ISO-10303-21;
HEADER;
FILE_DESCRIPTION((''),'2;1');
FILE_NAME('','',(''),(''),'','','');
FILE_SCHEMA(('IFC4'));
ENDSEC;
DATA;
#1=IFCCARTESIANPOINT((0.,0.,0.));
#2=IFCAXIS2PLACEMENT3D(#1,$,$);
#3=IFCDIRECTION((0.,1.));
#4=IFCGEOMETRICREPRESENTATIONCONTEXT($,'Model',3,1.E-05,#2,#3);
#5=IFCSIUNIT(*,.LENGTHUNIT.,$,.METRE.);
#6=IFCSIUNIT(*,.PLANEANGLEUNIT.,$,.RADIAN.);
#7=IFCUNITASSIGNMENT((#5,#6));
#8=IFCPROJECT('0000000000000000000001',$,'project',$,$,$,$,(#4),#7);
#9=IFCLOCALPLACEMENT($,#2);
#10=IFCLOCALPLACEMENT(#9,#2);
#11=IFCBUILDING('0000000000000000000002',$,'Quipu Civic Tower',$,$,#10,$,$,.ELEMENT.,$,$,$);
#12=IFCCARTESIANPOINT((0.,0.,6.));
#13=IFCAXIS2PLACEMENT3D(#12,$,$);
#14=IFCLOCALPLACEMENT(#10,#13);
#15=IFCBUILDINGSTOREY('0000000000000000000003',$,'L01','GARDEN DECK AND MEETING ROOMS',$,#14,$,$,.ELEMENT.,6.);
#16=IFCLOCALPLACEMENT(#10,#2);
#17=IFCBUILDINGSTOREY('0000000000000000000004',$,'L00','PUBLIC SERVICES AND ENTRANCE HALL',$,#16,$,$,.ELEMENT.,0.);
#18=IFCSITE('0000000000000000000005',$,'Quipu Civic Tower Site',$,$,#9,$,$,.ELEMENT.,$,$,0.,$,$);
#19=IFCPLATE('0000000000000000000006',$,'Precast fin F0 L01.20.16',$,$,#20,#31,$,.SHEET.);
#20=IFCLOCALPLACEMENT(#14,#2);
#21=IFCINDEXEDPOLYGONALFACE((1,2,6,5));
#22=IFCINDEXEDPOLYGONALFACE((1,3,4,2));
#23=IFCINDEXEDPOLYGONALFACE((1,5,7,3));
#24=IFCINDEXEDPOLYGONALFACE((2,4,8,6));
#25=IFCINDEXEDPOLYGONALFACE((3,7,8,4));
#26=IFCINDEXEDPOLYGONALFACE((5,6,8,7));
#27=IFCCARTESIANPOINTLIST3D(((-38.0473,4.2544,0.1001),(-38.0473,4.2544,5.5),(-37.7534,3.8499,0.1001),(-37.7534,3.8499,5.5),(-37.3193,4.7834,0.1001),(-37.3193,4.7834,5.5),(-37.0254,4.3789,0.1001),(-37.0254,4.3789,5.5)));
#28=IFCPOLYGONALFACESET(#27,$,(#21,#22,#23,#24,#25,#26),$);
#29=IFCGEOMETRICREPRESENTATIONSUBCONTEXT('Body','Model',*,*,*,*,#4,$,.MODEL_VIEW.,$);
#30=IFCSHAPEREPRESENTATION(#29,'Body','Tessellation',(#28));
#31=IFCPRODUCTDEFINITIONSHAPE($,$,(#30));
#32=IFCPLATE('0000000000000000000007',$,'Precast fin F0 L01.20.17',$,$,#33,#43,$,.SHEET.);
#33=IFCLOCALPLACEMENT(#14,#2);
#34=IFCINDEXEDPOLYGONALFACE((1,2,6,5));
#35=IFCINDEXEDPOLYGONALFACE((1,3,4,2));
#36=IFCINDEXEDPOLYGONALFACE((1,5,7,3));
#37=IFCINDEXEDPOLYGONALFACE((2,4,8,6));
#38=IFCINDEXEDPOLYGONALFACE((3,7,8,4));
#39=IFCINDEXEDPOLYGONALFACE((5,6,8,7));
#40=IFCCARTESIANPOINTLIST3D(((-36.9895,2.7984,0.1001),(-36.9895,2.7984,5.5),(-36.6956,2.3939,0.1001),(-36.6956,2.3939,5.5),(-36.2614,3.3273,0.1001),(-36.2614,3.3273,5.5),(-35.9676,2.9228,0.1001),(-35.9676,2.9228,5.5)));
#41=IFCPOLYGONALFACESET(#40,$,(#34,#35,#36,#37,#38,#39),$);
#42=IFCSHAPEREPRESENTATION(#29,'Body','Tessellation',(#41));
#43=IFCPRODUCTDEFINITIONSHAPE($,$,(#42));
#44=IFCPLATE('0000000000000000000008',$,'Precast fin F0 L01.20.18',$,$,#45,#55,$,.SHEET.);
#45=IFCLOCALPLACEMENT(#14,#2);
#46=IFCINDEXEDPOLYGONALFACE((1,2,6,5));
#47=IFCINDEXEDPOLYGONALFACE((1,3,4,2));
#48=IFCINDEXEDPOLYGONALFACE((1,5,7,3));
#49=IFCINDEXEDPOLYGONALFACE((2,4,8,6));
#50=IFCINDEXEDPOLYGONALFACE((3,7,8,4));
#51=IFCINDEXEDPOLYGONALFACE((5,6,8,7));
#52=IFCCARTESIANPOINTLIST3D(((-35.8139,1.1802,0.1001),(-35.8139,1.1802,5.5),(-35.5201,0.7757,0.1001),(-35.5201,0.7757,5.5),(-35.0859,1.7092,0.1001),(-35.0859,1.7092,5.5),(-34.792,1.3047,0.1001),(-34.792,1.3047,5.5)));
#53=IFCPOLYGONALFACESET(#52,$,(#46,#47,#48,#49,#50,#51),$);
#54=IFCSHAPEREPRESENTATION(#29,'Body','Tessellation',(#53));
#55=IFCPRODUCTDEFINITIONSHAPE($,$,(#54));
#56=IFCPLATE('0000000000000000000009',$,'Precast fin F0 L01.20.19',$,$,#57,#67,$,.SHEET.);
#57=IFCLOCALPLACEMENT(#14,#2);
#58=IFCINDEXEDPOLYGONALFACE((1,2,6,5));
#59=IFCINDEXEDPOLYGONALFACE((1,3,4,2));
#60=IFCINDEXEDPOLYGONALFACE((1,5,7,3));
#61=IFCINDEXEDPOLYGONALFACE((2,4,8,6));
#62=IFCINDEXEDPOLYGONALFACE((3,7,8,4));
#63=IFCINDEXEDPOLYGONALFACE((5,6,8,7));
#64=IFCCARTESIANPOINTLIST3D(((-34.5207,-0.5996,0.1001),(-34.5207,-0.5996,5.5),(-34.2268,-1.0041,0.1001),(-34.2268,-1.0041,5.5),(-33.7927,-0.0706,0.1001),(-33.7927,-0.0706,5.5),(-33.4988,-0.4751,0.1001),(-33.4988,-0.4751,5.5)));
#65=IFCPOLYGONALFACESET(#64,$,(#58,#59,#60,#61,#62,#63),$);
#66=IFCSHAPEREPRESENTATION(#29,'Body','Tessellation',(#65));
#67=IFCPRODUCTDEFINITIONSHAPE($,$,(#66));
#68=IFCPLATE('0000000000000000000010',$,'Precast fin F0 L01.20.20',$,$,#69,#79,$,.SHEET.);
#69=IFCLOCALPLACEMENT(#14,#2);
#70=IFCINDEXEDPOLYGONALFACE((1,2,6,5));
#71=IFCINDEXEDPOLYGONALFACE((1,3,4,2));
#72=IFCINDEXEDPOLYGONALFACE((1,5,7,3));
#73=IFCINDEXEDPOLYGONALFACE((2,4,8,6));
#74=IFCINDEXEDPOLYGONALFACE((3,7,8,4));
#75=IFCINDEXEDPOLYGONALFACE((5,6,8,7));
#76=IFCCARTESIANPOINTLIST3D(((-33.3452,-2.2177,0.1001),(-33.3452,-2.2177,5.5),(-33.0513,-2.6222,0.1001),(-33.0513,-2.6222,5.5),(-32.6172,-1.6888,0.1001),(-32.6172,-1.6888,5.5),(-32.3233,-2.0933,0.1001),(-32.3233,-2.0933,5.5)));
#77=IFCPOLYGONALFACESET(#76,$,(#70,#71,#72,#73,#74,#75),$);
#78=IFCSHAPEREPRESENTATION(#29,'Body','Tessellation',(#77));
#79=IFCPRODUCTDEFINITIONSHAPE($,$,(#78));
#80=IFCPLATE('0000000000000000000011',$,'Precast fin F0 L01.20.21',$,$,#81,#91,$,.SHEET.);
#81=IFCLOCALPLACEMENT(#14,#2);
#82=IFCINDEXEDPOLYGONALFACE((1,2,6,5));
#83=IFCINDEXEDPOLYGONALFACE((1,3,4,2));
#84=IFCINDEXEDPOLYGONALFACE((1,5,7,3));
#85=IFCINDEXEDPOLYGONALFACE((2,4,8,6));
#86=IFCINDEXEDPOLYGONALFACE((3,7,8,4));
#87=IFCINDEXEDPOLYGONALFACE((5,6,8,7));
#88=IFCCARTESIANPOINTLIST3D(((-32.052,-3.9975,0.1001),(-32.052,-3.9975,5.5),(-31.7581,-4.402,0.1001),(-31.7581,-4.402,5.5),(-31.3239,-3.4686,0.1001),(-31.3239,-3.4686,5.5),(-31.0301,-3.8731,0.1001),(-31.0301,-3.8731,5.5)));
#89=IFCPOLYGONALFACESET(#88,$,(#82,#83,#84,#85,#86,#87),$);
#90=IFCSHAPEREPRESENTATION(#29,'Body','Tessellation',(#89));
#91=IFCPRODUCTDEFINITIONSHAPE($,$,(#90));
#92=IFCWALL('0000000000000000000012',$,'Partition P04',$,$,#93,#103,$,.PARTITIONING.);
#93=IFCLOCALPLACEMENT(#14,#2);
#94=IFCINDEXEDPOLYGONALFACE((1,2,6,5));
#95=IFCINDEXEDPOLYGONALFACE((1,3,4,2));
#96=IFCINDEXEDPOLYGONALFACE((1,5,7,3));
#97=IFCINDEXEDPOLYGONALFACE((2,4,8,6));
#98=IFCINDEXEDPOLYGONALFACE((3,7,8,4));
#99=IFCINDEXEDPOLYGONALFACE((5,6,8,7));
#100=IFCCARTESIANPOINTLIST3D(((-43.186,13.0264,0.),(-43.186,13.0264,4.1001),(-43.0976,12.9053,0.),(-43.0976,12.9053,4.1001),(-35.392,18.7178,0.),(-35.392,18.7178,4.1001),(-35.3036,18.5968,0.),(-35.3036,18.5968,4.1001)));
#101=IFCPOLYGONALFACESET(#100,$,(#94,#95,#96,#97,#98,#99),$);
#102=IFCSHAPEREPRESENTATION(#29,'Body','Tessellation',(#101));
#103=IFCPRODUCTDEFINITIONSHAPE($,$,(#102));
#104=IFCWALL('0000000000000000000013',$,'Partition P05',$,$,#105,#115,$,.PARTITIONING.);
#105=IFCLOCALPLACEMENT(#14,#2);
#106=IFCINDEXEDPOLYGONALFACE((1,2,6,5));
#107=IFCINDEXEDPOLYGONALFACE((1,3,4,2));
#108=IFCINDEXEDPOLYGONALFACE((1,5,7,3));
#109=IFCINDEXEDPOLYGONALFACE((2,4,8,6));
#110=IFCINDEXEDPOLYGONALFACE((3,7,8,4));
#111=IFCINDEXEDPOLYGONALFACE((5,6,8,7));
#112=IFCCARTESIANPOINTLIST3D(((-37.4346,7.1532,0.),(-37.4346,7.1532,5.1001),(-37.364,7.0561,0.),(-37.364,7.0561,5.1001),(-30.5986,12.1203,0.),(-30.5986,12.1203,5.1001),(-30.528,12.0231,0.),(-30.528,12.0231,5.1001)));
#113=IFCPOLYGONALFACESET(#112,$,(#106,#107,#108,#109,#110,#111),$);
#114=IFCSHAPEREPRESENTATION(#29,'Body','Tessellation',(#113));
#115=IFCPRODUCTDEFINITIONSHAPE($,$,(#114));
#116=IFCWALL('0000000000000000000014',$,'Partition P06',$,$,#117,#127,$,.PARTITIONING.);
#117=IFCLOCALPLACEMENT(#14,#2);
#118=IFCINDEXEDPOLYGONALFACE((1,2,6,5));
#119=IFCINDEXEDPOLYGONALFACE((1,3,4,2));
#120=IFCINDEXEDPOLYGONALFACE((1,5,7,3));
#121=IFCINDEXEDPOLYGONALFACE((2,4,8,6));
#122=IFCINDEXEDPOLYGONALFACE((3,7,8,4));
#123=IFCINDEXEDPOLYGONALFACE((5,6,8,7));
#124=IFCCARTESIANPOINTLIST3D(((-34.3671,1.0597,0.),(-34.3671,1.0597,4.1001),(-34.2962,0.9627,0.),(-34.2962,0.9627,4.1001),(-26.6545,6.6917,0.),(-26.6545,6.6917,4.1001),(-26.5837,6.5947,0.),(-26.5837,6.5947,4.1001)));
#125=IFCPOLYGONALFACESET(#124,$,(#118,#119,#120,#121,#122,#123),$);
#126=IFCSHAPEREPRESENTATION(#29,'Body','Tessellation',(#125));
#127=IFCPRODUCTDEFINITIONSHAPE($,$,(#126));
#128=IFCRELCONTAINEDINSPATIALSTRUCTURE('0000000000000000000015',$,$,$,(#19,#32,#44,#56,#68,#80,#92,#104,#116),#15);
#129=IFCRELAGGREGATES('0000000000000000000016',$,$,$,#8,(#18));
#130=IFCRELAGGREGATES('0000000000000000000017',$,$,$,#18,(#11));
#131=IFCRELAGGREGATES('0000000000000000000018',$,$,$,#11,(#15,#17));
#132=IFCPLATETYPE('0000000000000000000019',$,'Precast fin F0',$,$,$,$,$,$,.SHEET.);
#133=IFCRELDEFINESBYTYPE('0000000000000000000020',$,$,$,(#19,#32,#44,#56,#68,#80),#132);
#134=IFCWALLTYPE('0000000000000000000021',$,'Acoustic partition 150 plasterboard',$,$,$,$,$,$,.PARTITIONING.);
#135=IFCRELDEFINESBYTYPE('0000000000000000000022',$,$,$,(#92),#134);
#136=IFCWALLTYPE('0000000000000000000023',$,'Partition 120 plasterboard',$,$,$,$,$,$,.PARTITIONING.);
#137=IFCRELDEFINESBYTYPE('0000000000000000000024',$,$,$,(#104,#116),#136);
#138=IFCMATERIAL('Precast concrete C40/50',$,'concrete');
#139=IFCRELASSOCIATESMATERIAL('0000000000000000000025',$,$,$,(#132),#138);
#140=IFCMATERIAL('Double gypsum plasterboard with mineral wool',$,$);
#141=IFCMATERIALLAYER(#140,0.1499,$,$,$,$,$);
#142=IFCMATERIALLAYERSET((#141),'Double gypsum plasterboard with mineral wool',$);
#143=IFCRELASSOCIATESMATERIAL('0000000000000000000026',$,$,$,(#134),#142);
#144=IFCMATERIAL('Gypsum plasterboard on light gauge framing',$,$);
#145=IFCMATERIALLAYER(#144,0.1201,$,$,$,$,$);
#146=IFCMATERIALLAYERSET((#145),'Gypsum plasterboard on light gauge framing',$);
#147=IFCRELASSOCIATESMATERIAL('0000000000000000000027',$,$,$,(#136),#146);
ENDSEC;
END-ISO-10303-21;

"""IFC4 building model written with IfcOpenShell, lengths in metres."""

from ifc_helpers import new_model, si_unit, direction, frame, frame_2d, origin, origin_2d, place, context, subcontext, project, spatial, rectangle, extrude, material, layer, layer_set, type_object, element, save


model = new_model("IFC4")

# Units and contexts
model_context = context("Model", 3, precision=1e-05, world=origin(), true_north=direction((0.0, 1.0)))
body_context = subcontext(model_context, "Body", "Model", "MODEL_VIEW")
ifc_project = project(units=[si_unit("LENGTHUNIT", "METRE"), si_unit("PLANEANGLEUNIT", "RADIAN")], contexts=[model_context])

# Site, building, storey
site_placement = place(None, origin())
site = spatial("IfcSite", under=ifc_project, at=site_placement, Name="Quipu Civic Tower Site", CompositionType="ELEMENT", RefElevation=0.0)
building_placement = place(site_placement, origin())
building = spatial("IfcBuilding", under=site, at=building_placement, Name="Quipu Civic Tower", CompositionType="ELEMENT")
storey_1_placement = place(building_placement, frame((0.0, 0.0, 6.0)))
storey_1 = spatial("IfcBuildingStorey", under=building, at=storey_1_placement, Name="L01", Description="GARDEN DECK AND MEETING ROOMS", CompositionType="ELEMENT", Elevation=6.0)

# Shared definitions
storey_2_placement = place(building_placement, origin())
storey_2 = spatial("IfcBuildingStorey", under=building, at=storey_2_placement, Name="L00", Description="PUBLIC SERVICES AND ENTRANCE HALL", CompositionType="ELEMENT", Elevation=0.0)

# Plates
ifc_material_1 = material(Name="Precast concrete C40/50", Category="concrete")
plate_type_1 = type_object("IfcPlateType", Name="Precast fin F0", PredefinedType="SHEET", material=ifc_material_1)
for number, where, z_axis, x_axis, name in (
    (1, (-37.5364, 4.3167, 0.1001), (0.0, 0.0, 1.0), (0.587786, -0.809017, 0.0), "Precast fin F0 L01.20.16"),
    (2, (-36.4785, 2.8606, 0.1001), (0.0, 0.0, 1.0), (0.587786, -0.809017, 0.0), "Precast fin F0 L01.20.17"),
    (3, (-35.303, 1.2424, 0.1001), (0.0, 0.0, 1.0), (0.587786, -0.809017, 0.0), "Precast fin F0 L01.20.18"),
    (4, (-34.0098, -0.5374, 0.1001), (0.0, 0.0, 1.0), (0.587786, -0.809017, 0.0), "Precast fin F0 L01.20.19"),
    (5, (-32.8342, -2.1555, 0.1001), (0.0, 0.0, 1.0), (0.587786, -0.809017, 0.0), "Precast fin F0 L01.20.20"),
    (6, (-31.541, -3.9353, 0.1001), (0.0, 0.0, 1.0), (0.587786, -0.809017, 0.0), "Precast fin F0 L01.20.21"),
):
    element("IfcPlate", number, at=place(storey_1_placement, frame(where, z_axis=z_axis, x_axis=x_axis)), inside=storey_1, type_object=plate_type_1, Name=name, PredefinedType="SHEET", context=body_context, shape_type="SweptSolid", body=[
        extrude(rectangle(XDim=0.5, YDim=0.8999, at=origin_2d()), origin(), (0.0, 0.0, 1.0), 5.3999),
    ])

# Walls
ifc_material_2 = material(Name="Double gypsum plasterboard with mineral wool")
ifc_layer_1 = layer(ifc_material_2, 0.1499)
ifc_layer_set_1 = layer_set([ifc_layer_1], Name="Double gypsum plasterboard with mineral wool")
wall_type_1 = type_object("IfcWallType", Name="Acoustic partition 150 plasterboard", PredefinedType="PARTITIONING", material=ifc_layer_set_1)
wall_1_placement = place(storey_1_placement, frame((-43.1418, 12.9658, 0.0), z_axis=(0.0, 0.0, 1.0), x_axis=(0.807597, 0.589735, 0.0)))
element("IfcWall", 7, at=wall_1_placement, inside=storey_1, type_object=wall_type_1, Name="Partition P04", PredefinedType="PARTITIONING", context=body_context, shape_type="SweptSolid", body=[
    extrude(rectangle(XDim=9.6509, YDim=0.1499, at=frame_2d((4.8254, 0.0))), origin(), (0.0, 0.0, 1.0), 4.1001),
])
ifc_material_3 = material(Name="Gypsum plasterboard on light gauge framing")
ifc_layer_2 = layer(ifc_material_3, 0.1201)
ifc_layer_set_2 = layer_set([ifc_layer_2], Name="Gypsum plasterboard on light gauge framing")
wall_type_2 = type_object("IfcWallType", Name="Partition 120 plasterboard", PredefinedType="PARTITIONING", material=ifc_layer_set_2)
wall_2_placement = place(storey_1_placement, frame((-30.5632, 12.0718, 0.0), z_axis=(0.0, 0.0, 1.0), x_axis=(-0.808992, -0.587819, 0.0)))
element("IfcWall", 8, at=wall_2_placement, inside=storey_1, type_object=wall_type_2, Name="Partition P05", PredefinedType="PARTITIONING", context=body_context, shape_type="SweptSolid", body=[
    extrude(rectangle(XDim=8.45, YDim=0.1201, at=frame_2d((4.2251, 0.0))), origin(), (0.0, 0.0, 1.0), 5.1001),
])
wall_3_placement = place(storey_1_placement, frame((-34.3315, 1.0112, 0.0), z_axis=(0.0, 0.0, 1.0), x_axis=(0.807595, 0.589738, 0.0)))
element("IfcWall", 9, at=wall_3_placement, inside=storey_1, type_object=wall_type_2, Name="Partition P06", PredefinedType="PARTITIONING", context=body_context, shape_type="SweptSolid", body=[
    extrude(rectangle(XDim=9.55, YDim=0.1201, at=frame_2d((4.7749, 0.0))), origin(), (0.0, 0.0, 1.0), 4.1001),
])

save(model, "model.ifc")
